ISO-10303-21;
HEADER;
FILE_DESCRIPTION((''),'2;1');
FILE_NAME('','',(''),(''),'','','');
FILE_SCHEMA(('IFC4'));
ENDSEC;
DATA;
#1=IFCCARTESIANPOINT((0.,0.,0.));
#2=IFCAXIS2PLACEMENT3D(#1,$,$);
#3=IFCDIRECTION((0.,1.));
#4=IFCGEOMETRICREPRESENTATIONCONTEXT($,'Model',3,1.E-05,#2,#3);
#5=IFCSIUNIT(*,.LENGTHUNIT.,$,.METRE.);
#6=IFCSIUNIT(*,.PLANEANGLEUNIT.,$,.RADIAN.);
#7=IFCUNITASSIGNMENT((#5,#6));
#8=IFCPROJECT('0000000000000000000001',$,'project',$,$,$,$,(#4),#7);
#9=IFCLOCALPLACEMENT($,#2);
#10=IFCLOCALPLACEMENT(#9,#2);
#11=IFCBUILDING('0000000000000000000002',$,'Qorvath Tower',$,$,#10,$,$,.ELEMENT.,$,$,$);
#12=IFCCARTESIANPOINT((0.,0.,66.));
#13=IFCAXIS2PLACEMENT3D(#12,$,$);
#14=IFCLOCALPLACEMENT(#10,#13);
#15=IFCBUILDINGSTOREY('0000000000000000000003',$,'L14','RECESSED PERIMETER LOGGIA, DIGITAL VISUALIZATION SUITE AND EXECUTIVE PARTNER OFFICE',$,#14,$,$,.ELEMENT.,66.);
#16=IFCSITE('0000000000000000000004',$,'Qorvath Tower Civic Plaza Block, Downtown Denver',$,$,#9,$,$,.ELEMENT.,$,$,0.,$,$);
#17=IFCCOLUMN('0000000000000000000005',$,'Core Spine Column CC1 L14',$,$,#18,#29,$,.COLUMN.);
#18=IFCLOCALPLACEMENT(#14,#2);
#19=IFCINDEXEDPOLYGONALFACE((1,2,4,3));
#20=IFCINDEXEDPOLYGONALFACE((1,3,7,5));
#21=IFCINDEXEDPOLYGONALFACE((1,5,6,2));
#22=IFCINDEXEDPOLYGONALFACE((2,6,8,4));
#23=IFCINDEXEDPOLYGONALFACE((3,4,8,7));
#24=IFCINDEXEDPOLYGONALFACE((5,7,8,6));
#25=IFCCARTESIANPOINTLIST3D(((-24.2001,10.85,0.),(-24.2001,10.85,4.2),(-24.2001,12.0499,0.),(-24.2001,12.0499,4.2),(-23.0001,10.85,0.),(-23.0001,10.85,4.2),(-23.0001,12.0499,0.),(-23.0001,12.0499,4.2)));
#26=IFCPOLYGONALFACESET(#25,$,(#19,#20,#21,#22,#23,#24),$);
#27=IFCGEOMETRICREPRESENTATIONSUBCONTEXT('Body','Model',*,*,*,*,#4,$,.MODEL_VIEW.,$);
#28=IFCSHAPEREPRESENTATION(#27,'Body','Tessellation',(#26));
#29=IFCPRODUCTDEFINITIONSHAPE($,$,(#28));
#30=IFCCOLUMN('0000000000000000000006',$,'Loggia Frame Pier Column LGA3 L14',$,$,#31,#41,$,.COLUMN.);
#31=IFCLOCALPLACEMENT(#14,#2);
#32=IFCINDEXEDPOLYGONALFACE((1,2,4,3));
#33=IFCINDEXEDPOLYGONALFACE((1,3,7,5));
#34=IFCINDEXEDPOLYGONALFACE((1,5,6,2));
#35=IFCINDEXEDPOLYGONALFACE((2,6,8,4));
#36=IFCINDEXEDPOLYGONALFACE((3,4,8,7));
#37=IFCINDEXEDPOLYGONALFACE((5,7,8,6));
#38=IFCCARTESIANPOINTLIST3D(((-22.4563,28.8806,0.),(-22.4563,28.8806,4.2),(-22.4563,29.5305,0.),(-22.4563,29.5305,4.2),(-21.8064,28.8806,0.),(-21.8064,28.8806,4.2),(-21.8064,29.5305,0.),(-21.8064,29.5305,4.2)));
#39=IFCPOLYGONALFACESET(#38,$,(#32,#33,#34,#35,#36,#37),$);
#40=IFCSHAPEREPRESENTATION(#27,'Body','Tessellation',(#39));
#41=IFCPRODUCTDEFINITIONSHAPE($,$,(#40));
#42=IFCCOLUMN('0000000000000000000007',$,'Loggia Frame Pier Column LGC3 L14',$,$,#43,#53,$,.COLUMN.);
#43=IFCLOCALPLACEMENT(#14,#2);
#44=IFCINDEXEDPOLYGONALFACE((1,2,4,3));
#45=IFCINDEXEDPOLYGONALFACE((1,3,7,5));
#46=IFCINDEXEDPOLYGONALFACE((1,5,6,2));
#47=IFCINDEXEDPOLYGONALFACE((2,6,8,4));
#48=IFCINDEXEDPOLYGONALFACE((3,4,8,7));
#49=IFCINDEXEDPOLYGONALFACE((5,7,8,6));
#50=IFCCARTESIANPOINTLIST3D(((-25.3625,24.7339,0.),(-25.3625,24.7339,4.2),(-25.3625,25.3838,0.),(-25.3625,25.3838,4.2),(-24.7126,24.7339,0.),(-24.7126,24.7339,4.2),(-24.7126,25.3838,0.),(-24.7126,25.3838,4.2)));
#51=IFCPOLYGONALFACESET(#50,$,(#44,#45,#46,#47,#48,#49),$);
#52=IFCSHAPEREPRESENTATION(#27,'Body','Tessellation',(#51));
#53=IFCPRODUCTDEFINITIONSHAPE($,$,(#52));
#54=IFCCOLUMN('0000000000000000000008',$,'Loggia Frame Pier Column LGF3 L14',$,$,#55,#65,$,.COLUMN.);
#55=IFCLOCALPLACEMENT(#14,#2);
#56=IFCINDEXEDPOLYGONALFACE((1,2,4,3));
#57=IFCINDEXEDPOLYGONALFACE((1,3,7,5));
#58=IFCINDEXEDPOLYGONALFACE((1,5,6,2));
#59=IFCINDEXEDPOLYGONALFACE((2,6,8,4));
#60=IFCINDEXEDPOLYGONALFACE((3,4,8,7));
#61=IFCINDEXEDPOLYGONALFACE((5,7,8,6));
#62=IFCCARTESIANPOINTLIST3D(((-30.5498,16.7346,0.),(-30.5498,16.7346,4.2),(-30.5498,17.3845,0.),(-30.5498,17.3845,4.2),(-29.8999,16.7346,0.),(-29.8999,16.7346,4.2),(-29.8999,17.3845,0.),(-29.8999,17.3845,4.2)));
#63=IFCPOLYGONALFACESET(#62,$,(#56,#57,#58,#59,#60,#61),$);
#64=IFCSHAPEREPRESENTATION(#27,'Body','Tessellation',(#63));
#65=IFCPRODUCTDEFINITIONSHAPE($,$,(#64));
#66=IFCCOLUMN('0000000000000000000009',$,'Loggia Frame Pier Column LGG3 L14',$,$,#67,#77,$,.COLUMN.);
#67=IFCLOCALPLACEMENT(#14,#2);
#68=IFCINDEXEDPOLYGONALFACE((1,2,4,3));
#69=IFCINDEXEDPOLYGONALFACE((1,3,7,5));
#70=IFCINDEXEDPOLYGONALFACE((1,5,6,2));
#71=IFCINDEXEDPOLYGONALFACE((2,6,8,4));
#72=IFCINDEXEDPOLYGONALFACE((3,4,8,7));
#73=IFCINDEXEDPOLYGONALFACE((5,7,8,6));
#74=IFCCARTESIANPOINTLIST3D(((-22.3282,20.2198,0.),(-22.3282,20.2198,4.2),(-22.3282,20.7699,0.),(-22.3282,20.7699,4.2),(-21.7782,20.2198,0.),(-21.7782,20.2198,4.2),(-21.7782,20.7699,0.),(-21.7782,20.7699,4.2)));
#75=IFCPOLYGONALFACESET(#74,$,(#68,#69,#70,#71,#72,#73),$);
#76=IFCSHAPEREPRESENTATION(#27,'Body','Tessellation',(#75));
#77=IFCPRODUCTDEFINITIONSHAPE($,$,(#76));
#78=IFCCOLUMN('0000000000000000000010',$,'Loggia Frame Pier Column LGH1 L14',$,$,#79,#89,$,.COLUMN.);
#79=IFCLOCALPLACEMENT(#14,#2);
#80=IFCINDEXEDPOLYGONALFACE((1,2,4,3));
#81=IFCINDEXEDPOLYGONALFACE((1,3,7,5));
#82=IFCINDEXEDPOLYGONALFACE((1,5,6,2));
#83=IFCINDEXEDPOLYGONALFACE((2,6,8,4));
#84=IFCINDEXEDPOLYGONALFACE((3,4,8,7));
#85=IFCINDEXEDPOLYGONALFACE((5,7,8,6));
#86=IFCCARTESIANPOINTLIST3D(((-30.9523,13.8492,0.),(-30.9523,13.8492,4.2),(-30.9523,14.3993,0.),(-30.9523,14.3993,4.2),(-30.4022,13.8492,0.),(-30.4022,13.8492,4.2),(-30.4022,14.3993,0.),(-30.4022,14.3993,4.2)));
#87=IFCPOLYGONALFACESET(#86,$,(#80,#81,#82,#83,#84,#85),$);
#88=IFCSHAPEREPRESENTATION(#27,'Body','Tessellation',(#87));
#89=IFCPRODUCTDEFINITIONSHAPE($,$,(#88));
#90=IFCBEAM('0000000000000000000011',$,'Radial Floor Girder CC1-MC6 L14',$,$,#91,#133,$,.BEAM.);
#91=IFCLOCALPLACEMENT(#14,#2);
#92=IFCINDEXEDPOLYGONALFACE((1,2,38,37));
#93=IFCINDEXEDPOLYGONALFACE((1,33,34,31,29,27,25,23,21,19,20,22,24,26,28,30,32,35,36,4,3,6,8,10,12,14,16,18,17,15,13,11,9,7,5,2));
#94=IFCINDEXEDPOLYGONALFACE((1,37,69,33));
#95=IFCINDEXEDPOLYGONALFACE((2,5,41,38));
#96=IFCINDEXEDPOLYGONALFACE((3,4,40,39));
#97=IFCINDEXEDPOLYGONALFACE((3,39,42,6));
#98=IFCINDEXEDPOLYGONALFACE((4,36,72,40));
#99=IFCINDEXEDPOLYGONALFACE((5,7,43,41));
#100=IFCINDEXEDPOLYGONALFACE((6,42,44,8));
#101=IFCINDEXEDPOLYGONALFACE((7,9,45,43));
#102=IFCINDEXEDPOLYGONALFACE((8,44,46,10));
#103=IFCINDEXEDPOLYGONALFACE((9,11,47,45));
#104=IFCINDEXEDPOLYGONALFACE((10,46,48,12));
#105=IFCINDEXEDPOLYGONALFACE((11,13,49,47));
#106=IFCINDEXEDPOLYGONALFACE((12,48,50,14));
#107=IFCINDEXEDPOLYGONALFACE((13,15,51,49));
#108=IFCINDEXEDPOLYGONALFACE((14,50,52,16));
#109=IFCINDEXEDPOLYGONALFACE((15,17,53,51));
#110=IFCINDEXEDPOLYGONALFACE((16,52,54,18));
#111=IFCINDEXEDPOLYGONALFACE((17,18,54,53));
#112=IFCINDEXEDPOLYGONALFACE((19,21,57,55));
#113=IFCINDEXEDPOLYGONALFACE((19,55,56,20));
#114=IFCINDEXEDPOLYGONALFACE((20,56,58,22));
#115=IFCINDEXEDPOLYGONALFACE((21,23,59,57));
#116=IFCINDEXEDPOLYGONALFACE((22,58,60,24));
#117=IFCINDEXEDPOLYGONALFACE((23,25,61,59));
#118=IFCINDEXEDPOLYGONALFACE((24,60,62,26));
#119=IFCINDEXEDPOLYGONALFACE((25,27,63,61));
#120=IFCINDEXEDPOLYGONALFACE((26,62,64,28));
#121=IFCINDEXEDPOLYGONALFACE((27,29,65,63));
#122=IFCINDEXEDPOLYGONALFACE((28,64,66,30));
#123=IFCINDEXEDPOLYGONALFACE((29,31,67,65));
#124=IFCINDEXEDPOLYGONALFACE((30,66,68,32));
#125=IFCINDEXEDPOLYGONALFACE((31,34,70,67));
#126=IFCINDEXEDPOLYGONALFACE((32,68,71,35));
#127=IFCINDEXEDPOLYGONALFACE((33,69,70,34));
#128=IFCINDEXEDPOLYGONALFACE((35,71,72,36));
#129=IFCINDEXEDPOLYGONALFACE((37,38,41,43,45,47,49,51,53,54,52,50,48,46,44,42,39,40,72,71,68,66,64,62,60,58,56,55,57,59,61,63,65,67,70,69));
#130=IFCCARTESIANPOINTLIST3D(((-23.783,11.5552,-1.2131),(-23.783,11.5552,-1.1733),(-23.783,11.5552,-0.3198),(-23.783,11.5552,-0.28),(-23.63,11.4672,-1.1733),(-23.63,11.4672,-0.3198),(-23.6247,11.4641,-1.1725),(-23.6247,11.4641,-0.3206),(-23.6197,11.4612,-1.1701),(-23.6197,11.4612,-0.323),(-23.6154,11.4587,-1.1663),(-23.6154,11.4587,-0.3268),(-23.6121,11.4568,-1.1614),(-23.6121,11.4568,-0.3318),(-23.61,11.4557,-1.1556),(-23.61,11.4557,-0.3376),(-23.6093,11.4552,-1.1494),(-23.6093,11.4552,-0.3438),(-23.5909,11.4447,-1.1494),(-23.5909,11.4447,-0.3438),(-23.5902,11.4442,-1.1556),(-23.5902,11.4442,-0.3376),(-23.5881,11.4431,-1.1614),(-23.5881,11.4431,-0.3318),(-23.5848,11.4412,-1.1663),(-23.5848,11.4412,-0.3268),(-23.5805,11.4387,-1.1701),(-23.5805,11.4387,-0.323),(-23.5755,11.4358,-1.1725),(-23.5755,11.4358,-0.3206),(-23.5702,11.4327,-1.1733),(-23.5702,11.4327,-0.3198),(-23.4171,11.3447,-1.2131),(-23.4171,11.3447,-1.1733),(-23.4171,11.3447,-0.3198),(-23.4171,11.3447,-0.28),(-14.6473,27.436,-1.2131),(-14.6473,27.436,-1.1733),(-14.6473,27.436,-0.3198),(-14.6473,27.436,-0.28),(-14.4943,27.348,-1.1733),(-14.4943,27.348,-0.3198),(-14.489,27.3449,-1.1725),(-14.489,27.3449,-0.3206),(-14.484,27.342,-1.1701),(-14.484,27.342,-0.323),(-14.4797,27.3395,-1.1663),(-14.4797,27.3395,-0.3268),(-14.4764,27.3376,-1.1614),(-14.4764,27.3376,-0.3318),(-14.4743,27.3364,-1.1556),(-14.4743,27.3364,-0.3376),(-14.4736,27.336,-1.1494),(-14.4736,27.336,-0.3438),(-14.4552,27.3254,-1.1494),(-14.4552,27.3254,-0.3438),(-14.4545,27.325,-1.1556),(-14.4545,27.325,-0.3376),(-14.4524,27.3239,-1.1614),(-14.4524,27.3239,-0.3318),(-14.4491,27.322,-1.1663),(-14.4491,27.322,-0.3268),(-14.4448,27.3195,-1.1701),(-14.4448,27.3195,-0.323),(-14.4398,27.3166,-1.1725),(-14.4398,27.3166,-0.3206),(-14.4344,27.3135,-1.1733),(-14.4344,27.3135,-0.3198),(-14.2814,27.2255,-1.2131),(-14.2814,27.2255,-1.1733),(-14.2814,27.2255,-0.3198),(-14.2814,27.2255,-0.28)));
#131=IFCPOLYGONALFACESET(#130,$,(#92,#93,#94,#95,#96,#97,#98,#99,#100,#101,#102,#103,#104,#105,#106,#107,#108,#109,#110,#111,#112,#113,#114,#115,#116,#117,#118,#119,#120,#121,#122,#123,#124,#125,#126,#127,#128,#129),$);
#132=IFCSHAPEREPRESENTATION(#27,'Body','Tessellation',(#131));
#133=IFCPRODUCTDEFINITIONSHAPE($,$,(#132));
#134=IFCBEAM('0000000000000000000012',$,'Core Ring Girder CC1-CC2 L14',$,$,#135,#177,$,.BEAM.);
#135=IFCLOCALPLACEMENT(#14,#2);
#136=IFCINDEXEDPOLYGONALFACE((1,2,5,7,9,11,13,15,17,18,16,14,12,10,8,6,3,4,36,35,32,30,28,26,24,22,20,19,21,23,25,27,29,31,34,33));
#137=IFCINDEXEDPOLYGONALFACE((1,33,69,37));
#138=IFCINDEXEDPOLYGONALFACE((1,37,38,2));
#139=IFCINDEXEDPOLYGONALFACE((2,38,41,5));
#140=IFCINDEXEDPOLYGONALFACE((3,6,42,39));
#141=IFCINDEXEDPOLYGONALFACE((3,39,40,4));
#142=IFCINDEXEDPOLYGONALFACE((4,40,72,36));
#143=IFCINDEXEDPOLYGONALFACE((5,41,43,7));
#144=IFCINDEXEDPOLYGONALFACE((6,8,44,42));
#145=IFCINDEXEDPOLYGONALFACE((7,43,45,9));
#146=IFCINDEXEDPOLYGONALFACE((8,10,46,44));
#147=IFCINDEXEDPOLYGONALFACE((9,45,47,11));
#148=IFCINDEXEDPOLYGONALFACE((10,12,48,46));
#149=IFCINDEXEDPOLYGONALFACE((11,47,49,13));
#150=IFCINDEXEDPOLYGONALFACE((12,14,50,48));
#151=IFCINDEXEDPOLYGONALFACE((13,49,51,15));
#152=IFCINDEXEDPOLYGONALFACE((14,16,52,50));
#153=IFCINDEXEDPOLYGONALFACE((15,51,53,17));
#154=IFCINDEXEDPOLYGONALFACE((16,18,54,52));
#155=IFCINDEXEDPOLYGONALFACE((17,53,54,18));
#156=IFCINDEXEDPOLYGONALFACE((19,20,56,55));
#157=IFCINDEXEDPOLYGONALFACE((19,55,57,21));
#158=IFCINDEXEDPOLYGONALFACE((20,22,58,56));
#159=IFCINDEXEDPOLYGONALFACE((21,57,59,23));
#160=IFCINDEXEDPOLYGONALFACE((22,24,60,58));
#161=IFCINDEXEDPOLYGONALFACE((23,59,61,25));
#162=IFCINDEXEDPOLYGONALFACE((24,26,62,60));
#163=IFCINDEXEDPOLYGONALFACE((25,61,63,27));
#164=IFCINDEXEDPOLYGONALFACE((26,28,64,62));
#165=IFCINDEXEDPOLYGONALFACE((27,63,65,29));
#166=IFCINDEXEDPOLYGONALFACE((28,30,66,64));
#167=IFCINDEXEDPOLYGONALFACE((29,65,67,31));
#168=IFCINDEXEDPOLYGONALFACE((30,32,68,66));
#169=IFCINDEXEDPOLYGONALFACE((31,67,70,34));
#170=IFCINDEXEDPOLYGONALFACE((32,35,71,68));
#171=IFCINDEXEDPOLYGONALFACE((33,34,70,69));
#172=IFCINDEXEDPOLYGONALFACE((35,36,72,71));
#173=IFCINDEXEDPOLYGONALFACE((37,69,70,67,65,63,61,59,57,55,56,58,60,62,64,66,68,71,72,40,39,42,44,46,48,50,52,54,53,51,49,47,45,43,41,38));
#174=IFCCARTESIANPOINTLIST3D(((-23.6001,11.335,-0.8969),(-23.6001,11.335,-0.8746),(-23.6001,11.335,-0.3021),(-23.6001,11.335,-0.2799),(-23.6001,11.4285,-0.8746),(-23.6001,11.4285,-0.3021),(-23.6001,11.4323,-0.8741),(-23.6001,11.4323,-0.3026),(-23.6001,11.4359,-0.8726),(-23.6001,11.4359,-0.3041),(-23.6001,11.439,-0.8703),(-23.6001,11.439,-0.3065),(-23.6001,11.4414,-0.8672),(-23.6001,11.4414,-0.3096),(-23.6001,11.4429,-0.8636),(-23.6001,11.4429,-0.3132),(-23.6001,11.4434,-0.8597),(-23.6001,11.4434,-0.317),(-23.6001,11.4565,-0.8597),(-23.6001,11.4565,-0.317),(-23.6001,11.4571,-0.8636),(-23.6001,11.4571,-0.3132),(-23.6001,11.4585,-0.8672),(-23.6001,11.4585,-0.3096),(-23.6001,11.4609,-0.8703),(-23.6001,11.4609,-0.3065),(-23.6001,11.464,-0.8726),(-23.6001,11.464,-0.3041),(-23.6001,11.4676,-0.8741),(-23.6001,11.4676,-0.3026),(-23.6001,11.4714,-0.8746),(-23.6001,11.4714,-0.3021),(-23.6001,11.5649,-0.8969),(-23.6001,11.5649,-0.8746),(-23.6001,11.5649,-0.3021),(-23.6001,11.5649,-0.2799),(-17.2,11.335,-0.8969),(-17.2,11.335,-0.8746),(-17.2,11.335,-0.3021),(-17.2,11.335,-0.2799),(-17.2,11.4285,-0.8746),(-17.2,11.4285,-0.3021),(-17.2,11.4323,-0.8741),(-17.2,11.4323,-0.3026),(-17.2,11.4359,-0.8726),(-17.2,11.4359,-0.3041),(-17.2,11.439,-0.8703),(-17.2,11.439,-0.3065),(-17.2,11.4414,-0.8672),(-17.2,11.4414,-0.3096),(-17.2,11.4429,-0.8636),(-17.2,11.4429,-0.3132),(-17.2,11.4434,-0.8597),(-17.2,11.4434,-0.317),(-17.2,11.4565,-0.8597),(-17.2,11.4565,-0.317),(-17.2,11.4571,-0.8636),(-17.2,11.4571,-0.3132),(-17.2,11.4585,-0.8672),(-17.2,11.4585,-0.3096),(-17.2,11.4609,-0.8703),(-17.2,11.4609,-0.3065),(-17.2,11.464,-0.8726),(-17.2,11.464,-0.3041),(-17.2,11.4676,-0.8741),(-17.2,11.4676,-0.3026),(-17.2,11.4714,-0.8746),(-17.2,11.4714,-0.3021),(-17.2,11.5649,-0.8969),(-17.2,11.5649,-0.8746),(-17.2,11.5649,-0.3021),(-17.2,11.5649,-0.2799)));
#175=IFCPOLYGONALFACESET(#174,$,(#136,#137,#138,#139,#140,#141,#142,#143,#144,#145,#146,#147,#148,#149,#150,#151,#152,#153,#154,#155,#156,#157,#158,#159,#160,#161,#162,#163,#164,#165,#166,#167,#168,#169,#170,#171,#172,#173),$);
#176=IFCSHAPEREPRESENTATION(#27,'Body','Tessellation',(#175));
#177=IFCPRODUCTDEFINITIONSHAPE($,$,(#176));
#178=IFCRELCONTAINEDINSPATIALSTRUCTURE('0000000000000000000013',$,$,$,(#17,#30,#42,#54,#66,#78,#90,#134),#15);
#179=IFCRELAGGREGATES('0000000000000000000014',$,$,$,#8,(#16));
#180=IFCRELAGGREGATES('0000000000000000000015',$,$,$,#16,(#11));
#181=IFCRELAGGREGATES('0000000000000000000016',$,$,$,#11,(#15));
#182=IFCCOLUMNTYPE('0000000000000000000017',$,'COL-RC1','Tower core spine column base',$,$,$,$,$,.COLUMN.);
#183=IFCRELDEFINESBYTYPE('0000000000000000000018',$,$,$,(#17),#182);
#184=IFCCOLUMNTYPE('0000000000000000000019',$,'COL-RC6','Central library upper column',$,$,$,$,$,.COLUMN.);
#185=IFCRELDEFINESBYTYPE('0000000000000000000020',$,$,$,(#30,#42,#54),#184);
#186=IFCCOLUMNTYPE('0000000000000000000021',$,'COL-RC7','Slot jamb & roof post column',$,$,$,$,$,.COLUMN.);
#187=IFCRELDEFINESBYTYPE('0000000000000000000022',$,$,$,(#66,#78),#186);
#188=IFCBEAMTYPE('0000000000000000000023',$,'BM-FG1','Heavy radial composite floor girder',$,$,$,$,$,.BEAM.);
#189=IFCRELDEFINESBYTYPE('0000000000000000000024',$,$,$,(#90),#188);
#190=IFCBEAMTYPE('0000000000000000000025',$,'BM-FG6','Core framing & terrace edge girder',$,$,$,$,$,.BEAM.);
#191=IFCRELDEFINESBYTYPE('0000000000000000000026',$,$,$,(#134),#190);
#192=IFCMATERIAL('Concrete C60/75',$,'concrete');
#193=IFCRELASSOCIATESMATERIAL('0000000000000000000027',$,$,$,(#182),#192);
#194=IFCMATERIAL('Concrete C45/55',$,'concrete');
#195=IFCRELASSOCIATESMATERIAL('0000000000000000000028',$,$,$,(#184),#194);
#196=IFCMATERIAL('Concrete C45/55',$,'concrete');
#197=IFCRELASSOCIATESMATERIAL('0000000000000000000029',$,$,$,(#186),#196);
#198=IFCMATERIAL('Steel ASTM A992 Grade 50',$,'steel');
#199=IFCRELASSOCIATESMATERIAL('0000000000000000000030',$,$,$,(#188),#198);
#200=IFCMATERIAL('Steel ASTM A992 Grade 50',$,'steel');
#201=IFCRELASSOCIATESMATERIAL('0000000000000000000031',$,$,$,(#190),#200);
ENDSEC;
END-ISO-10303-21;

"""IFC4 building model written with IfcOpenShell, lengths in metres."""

from ifc_helpers import new_model, si_unit, direction, frame, origin, origin_2d, place, context, subcontext, project, spatial, rectangle, i_section, extrude, material, material_profile, profile_set, type_object, element, save


model = new_model("IFC4")

# Units and contexts
model_context = context("Model", 3, precision=1e-05, world=origin(), true_north=direction((0.0, 1.0)))
body_context = subcontext(model_context, "Body", "Model", "MODEL_VIEW")
ifc_project = project(units=[si_unit("LENGTHUNIT", "METRE"), si_unit("PLANEANGLEUNIT", "RADIAN")], contexts=[model_context])

# Site, building, storey
site_placement = place(None, origin())
site = spatial("IfcSite", under=ifc_project, at=site_placement, Name="Qorvath Tower Civic Plaza Block, Downtown Denver", CompositionType="ELEMENT", RefElevation=0.0)
building_placement = place(site_placement, origin())
building = spatial("IfcBuilding", under=site, at=building_placement, Name="Qorvath Tower", CompositionType="ELEMENT")
storey_placement = place(building_placement, frame((0.0, 0.0, 66.0)))
storey = spatial("IfcBuildingStorey", under=building, at=storey_placement, Name="L14", Description="RECESSED PERIMETER LOGGIA, DIGITAL VISUALIZATION SUITE AND EXECUTIVE PARTNER OFFICE", CompositionType="ELEMENT", Elevation=66.0)

# Columns
ifc_material_1 = material(Name="Concrete C60/75", Category="concrete")
ifc_material_profile_1 = material_profile(ifc_material_1, rectangle(XDim=1.2, YDim=1.2, at=origin_2d()), Name="RC 1200x1200")
ifc_profile_set_1 = profile_set([ifc_material_profile_1], Name="Concrete C60/75")
column_type_1 = type_object("IfcColumnType", Name="COL-RC1", Description="Tower core spine column base", PredefinedType="COLUMN", material=ifc_profile_set_1)
column_placement = place(storey_placement, frame((-23.6001, 11.45, 0.0), z_axis=(0.0, 0.0, 1.0), x_axis=(1.0, 0.0, 0.0)))
element("IfcColumn", 1, at=column_placement, inside=storey, type_object=column_type_1, Name="Core Spine Column CC1 L14", PredefinedType="COLUMN", context=body_context, shape_type="SweptSolid", body=[
    extrude(rectangle(XDim=1.2, YDim=1.2, at=origin_2d()), origin(), (0.0, 0.0, 1.0), 4.2),
])
ifc_material_2 = material(Name="Concrete C45/55", Category="concrete")
ifc_material_profile_2 = material_profile(ifc_material_2, rectangle(XDim=0.6499, YDim=0.6499, at=origin_2d()), Name="RC 650x650")
ifc_profile_set_2 = profile_set([ifc_material_profile_2], Name="Concrete C45/55")
column_type_2 = type_object("IfcColumnType", Name="COL-RC6", Description="Central library upper column", PredefinedType="COLUMN", material=ifc_profile_set_2)
for number, where, z_axis, x_axis, name in (
    (2, (-22.1313, 29.2056, 0.0), (0.0, 0.0, 1.0), (1.0, 0.0, 0.0), "Loggia Frame Pier Column LGA3 L14"),
    (3, (-25.0376, 25.0588, 0.0), (0.0, 0.0, 1.0), (1.0, 0.0, 0.0), "Loggia Frame Pier Column LGC3 L14"),
    (4, (-30.2249, 17.0596, 0.0), (0.0, 0.0, 1.0), (1.0, 0.0, 0.0), "Loggia Frame Pier Column LGF3 L14"),
):
    element("IfcColumn", number, at=place(storey_placement, frame(where, z_axis=z_axis, x_axis=x_axis)), inside=storey, type_object=column_type_2, Name=name, PredefinedType="COLUMN", context=body_context, shape_type="SweptSolid", body=[
        extrude(rectangle(XDim=0.6499, YDim=0.6499, at=origin_2d()), origin(), (0.0, 0.0, 1.0), 4.2),
    ])
ifc_material_3 = material(Name="Concrete C45/55", Category="concrete")
ifc_material_profile_3 = material_profile(ifc_material_3, rectangle(XDim=0.55, YDim=0.55, at=origin_2d()), Name="RC 550x550")
ifc_profile_set_3 = profile_set([ifc_material_profile_3], Name="Concrete C45/55")
column_type_3 = type_object("IfcColumnType", Name="COL-RC7", Description="Slot jamb & roof post column", PredefinedType="COLUMN", material=ifc_profile_set_3)
for number, where, z_axis, x_axis, name in (
    (5, (-22.0532, 20.4949, 0.0), (0.0, 0.0, 1.0), (1.0, 0.0, 0.0), "Loggia Frame Pier Column LGG3 L14"),
    (6, (-30.6772, 14.1243, 0.0), (0.0, 0.0, 1.0), (1.0, 0.0, 0.0), "Loggia Frame Pier Column LGH1 L14"),
):
    element("IfcColumn", number, at=place(storey_placement, frame(where, z_axis=z_axis, x_axis=x_axis)), inside=storey, type_object=column_type_3, Name=name, PredefinedType="COLUMN", context=body_context, shape_type="SweptSolid", body=[
        extrude(rectangle(XDim=0.55, YDim=0.55, at=origin_2d()), origin(), (0.0, 0.0, 1.0), 4.2),
    ])

# Beams
ifc_material_4 = material(Name="Steel ASTM A992 Grade 50", Category="steel")
ifc_material_profile_4 = material_profile(ifc_material_4, i_section(OverallWidth=0.4221, OverallDepth=0.9331, WebThickness=0.0212, FlangeThickness=0.0398, FilletRadius=0.0239, at=origin_2d()), Name="W36x262")
ifc_profile_set_4 = profile_set([ifc_material_profile_4], Name="Steel ASTM A992 Grade 50")
beam_type_1 = type_object("IfcBeamType", Name="BM-FG1", Description="Heavy radial composite floor girder", PredefinedType="BEAM", material=ifc_profile_set_4)
beam_1_placement = place(storey_placement, frame((-23.6001, 11.45, -0.7466), z_axis=(0.498645, 0.866806, 0.0), x_axis=(-0.866806, 0.498645, 0.0)))
element("IfcBeam", 7, at=beam_1_placement, inside=storey, type_object=beam_type_1, Name="Radial Floor Girder CC1-MC6 L14", PredefinedType="BEAM", context=body_context, shape_type="SweptSolid", body=[
    extrude(i_section(OverallWidth=0.4221, OverallDepth=0.9331, WebThickness=0.0212, FlangeThickness=0.0398, FilletRadius=0.0239, at=origin_2d()), origin(), (0.0, 0.0, 1.0), 18.321),
])
ifc_material_5 = material(Name="Steel ASTM A992 Grade 50", Category="steel")
ifc_material_profile_5 = material_profile(ifc_material_5, i_section(OverallWidth=0.23, OverallDepth=0.6169, WebThickness=0.0132, FlangeThickness=0.0222, FilletRadius=0.0149, at=origin_2d()), Name="W24x94")
ifc_profile_set_5 = profile_set([ifc_material_profile_5], Name="Steel ASTM A992 Grade 50")
beam_type_2 = type_object("IfcBeamType", Name="BM-FG6", Description="Core framing & terrace edge girder", PredefinedType="BEAM", material=ifc_profile_set_5)
beam_2_placement = place(storey_placement, frame((-23.6001, 11.45, -0.5884), z_axis=(1.0, 0.0, 0.0), x_axis=(0.0, 1.0, 0.0)))
element("IfcBeam", 8, at=beam_2_placement, inside=storey, type_object=beam_type_2, Name="Core Ring Girder CC1-CC2 L14", PredefinedType="BEAM", context=body_context, shape_type="SweptSolid", body=[
    extrude(i_section(OverallWidth=0.23, OverallDepth=0.6169, WebThickness=0.0132, FlangeThickness=0.0222, FilletRadius=0.0149, at=origin_2d()), origin(), (0.0, 0.0, 1.0), 6.4001),
])

save(model, "model.ifc")
